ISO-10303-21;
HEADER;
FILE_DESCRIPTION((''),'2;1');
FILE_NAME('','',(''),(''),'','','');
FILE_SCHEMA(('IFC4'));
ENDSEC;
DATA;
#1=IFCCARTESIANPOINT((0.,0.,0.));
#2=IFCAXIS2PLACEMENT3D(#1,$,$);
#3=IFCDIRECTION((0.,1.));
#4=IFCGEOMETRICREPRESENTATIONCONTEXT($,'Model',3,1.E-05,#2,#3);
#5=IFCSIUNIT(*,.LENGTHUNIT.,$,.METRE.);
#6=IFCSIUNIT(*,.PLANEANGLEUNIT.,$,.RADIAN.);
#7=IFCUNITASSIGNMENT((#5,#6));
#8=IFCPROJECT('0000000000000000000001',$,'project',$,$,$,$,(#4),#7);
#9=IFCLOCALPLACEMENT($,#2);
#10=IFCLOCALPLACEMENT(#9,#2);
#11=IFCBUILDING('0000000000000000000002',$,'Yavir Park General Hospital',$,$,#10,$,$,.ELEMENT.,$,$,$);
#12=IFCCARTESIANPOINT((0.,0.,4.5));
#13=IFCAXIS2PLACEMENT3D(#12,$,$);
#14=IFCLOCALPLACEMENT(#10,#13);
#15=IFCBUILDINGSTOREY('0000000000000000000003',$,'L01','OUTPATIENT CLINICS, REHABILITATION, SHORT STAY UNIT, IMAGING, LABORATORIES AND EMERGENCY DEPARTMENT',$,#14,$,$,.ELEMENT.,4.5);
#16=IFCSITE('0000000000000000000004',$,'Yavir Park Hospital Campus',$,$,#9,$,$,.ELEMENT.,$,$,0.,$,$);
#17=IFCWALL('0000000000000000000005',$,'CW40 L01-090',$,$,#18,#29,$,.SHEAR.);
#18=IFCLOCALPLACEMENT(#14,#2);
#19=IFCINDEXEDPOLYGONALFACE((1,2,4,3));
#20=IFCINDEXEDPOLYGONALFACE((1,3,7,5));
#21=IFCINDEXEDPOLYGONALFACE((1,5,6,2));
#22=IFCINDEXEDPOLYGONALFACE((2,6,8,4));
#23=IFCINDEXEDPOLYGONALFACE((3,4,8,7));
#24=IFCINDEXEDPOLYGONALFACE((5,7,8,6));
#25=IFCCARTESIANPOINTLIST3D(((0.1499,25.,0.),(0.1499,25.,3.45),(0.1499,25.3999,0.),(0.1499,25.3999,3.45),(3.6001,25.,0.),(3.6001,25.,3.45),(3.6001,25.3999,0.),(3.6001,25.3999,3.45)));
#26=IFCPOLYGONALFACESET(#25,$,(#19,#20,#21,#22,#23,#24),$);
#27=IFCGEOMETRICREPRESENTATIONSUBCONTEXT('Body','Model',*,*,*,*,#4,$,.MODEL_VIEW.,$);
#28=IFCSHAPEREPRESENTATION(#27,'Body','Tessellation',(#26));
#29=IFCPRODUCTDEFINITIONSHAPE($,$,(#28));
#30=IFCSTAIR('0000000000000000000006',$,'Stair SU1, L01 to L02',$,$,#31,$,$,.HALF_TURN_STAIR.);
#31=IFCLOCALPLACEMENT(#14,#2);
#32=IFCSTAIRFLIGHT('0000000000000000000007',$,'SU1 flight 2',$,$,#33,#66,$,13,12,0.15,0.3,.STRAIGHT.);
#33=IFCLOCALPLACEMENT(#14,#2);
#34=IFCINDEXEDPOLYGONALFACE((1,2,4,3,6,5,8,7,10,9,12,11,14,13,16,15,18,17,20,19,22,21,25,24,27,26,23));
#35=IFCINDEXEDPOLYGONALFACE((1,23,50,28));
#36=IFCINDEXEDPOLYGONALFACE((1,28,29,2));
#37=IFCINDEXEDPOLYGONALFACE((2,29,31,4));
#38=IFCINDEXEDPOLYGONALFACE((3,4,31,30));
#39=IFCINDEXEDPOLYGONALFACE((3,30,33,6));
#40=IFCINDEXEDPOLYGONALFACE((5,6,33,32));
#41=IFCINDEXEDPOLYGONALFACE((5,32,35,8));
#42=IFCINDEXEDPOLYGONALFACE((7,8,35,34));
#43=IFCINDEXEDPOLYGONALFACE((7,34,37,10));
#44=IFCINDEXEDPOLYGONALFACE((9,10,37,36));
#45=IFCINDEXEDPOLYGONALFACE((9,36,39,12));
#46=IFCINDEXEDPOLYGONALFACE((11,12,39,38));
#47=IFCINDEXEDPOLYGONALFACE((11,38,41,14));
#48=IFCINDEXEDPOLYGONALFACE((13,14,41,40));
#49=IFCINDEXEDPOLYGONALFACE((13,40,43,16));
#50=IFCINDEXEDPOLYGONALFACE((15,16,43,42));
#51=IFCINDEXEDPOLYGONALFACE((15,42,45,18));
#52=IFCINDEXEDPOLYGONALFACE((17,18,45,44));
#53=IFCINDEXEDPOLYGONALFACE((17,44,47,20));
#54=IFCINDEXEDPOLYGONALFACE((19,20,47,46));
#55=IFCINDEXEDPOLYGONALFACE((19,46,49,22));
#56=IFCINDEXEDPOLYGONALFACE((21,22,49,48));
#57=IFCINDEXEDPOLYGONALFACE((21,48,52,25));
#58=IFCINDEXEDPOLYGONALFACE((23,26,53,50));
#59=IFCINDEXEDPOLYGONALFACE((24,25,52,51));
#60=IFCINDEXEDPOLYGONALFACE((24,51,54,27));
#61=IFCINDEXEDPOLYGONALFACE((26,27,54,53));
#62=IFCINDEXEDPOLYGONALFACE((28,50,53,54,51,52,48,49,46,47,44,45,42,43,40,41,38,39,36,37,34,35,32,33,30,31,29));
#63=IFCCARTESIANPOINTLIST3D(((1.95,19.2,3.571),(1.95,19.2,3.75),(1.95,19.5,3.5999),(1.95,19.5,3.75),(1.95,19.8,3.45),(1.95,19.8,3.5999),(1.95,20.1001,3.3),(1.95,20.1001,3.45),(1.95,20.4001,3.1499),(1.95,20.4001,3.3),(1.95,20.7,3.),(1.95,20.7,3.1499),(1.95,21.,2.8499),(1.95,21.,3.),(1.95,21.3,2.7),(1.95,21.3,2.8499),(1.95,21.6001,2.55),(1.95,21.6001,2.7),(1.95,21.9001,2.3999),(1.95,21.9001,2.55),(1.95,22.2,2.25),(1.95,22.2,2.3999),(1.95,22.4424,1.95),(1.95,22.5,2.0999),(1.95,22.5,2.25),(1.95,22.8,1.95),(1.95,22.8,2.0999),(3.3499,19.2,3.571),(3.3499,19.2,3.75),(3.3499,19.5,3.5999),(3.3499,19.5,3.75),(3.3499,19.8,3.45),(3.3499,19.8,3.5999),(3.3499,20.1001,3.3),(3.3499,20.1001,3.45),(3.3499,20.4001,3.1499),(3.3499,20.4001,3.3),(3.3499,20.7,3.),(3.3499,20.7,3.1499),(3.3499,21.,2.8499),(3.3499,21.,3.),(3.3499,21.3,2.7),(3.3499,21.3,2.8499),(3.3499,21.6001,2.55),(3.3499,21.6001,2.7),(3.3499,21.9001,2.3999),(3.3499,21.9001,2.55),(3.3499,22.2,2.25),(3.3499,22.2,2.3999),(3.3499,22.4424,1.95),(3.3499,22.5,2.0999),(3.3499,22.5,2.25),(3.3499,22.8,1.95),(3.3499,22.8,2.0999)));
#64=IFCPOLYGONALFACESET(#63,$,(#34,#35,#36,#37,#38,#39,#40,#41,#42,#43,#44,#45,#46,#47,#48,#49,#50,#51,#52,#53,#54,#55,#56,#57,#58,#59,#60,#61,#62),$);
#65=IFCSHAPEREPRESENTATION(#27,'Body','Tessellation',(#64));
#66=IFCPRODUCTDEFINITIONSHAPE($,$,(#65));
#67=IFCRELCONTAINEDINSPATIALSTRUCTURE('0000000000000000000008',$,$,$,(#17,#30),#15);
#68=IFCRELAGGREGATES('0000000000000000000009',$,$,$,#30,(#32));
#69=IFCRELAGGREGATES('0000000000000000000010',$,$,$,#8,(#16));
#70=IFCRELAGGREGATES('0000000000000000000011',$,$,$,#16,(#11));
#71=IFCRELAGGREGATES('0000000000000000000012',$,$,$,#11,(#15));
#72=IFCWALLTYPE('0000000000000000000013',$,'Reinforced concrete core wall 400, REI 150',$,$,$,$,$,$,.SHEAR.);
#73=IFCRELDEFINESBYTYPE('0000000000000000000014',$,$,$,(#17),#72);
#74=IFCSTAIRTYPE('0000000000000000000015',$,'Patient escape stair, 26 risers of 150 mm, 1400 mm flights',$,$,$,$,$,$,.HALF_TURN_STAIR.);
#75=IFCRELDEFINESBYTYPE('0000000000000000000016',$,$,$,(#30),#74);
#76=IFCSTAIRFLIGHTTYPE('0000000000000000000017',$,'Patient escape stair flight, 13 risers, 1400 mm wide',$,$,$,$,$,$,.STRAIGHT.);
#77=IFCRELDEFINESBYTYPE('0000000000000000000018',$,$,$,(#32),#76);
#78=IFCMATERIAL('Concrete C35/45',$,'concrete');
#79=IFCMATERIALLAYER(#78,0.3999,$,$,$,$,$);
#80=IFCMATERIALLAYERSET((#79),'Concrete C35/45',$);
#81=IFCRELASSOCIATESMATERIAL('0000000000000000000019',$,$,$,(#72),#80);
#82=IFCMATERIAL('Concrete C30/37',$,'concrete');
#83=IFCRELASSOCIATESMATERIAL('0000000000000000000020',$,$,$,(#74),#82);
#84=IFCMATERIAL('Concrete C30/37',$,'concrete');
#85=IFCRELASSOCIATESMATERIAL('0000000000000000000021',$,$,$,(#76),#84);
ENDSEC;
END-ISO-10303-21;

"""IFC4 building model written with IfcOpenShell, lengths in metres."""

from ifc_helpers import new_model, si_unit, direction, frame, frame_2d, origin, place, context, subcontext, project, spatial, polyline, rectangle, outline, extrude, material, layer, layer_set, type_object, element, aggregate, save


model = new_model("IFC4")

# Units and contexts
model_context = context("Model", 3, precision=1e-05, world=origin(), true_north=direction((0.0, 1.0)))
body_context = subcontext(model_context, "Body", "Model", "MODEL_VIEW")
ifc_project = project(units=[si_unit("LENGTHUNIT", "METRE"), si_unit("PLANEANGLEUNIT", "RADIAN")], contexts=[model_context])

# Site, building, storey
site_placement = place(None, origin())
site = spatial("IfcSite", under=ifc_project, at=site_placement, Name="Yavir Park Hospital Campus", CompositionType="ELEMENT", RefElevation=0.0)
building_placement = place(site_placement, origin())
building = spatial("IfcBuilding", under=site, at=building_placement, Name="Yavir Park General Hospital", CompositionType="ELEMENT")
storey_placement = place(building_placement, frame((0.0, 0.0, 4.5)))
storey = spatial("IfcBuildingStorey", under=building, at=storey_placement, Name="L01", Description="OUTPATIENT CLINICS, REHABILITATION, SHORT STAY UNIT, IMAGING, LABORATORIES AND EMERGENCY DEPARTMENT", CompositionType="ELEMENT", Elevation=4.5)

# Wall
ifc_material_1 = material(Name="Concrete C35/45", Category="concrete")
ifc_layer_1 = layer(ifc_material_1, 0.3999)
ifc_layer_set_1 = layer_set([ifc_layer_1], Name="Concrete C35/45")
wall_type_1 = type_object("IfcWallType", Name="Reinforced concrete core wall 400, REI 150", PredefinedType="SHEAR", material=ifc_layer_set_1)
wall_1_placement = place(storey_placement, frame((0.1499, 25.2, 0.0), z_axis=(0.0, 0.0, 1.0), x_axis=(1.0, 0.0, 0.0)))
element("IfcWall", 1, at=wall_1_placement, inside=storey, type_object=wall_type_1, Name="CW40 L01-090", PredefinedType="SHEAR", context=body_context, shape_type="SweptSolid", body=[
    extrude(rectangle(XDim=3.4502, YDim=0.3999, at=frame_2d((1.7251, 0.0))), origin(), (0.0, 0.0, 1.0), 3.45),
])

# Stair, stair flight
ifc_material_2 = material(Name="Concrete C30/37", Category="concrete")
stair_type = type_object("IfcStairType", Name="Patient escape stair, 26 risers of 150 mm, 1400 mm flights", PredefinedType="HALF_TURN_STAIR", material=ifc_material_2)
stair_placement = place(storey_placement, origin())
stair = element("IfcStair", 2, at=stair_placement, inside=storey, type_object=stair_type, Name="Stair SU1, L01 to L02", PredefinedType="HALF_TURN_STAIR")
ifc_material_3 = material(Name="Concrete C30/37", Category="concrete")
stair_flight_type = type_object("IfcStairFlightType", Name="Patient escape stair flight, 13 risers, 1400 mm wide", PredefinedType="STRAIGHT", material=ifc_material_3)
stair_flight_placement = place(storey_placement, frame((2.6499, 22.8, 1.95), z_axis=(0.0, 0.0, 1.0), x_axis=(0.0, -1.0, 0.0)))
stair_flight = element("IfcStairFlight", 3, at=stair_flight_placement, type_object=stair_flight_type, Name="SU1 flight 2", NumberOfRisers=13, NumberOfTreads=12, PredefinedType="STRAIGHT", RiserHeight=0.15, TreadLength=0.3, context=body_context, shape_type="SweptSolid", body=[
    extrude(outline(polyline([(0.0, 0.0), (0.0, 0.1499), (0.3, 0.1499), (0.3, 0.3), (0.6001, 0.3), (0.6001, 0.45), (0.8999, 0.45), (0.8999, 0.6001), (1.2, 0.6001), (1.2, 0.75), (1.5, 0.75), (1.5, 0.8999), (1.8, 0.8999), (1.8, 1.05), (2.1001, 1.05), (2.1001, 1.2), (2.3999, 1.2), (2.3999, 1.3501), (2.7, 1.3501), (2.7, 1.5), (3.0, 1.5), (3.0, 1.6499), (3.3, 1.6499), (3.3, 1.8), (3.6001, 1.8), (3.6001, 1.95), (3.6001, 1.6211), (0.3577, 0.0), (0.0, 0.0)])), frame((0.0, 0.7, 0.0), z_axis=(0.0, -1.0, 0.0), x_axis=(1.0, 0.0, 0.0)), (0.0, 0.0, 1.0), 1.3999),
])
aggregate(stair, [stair_flight])

save(model, "model.ifc")
